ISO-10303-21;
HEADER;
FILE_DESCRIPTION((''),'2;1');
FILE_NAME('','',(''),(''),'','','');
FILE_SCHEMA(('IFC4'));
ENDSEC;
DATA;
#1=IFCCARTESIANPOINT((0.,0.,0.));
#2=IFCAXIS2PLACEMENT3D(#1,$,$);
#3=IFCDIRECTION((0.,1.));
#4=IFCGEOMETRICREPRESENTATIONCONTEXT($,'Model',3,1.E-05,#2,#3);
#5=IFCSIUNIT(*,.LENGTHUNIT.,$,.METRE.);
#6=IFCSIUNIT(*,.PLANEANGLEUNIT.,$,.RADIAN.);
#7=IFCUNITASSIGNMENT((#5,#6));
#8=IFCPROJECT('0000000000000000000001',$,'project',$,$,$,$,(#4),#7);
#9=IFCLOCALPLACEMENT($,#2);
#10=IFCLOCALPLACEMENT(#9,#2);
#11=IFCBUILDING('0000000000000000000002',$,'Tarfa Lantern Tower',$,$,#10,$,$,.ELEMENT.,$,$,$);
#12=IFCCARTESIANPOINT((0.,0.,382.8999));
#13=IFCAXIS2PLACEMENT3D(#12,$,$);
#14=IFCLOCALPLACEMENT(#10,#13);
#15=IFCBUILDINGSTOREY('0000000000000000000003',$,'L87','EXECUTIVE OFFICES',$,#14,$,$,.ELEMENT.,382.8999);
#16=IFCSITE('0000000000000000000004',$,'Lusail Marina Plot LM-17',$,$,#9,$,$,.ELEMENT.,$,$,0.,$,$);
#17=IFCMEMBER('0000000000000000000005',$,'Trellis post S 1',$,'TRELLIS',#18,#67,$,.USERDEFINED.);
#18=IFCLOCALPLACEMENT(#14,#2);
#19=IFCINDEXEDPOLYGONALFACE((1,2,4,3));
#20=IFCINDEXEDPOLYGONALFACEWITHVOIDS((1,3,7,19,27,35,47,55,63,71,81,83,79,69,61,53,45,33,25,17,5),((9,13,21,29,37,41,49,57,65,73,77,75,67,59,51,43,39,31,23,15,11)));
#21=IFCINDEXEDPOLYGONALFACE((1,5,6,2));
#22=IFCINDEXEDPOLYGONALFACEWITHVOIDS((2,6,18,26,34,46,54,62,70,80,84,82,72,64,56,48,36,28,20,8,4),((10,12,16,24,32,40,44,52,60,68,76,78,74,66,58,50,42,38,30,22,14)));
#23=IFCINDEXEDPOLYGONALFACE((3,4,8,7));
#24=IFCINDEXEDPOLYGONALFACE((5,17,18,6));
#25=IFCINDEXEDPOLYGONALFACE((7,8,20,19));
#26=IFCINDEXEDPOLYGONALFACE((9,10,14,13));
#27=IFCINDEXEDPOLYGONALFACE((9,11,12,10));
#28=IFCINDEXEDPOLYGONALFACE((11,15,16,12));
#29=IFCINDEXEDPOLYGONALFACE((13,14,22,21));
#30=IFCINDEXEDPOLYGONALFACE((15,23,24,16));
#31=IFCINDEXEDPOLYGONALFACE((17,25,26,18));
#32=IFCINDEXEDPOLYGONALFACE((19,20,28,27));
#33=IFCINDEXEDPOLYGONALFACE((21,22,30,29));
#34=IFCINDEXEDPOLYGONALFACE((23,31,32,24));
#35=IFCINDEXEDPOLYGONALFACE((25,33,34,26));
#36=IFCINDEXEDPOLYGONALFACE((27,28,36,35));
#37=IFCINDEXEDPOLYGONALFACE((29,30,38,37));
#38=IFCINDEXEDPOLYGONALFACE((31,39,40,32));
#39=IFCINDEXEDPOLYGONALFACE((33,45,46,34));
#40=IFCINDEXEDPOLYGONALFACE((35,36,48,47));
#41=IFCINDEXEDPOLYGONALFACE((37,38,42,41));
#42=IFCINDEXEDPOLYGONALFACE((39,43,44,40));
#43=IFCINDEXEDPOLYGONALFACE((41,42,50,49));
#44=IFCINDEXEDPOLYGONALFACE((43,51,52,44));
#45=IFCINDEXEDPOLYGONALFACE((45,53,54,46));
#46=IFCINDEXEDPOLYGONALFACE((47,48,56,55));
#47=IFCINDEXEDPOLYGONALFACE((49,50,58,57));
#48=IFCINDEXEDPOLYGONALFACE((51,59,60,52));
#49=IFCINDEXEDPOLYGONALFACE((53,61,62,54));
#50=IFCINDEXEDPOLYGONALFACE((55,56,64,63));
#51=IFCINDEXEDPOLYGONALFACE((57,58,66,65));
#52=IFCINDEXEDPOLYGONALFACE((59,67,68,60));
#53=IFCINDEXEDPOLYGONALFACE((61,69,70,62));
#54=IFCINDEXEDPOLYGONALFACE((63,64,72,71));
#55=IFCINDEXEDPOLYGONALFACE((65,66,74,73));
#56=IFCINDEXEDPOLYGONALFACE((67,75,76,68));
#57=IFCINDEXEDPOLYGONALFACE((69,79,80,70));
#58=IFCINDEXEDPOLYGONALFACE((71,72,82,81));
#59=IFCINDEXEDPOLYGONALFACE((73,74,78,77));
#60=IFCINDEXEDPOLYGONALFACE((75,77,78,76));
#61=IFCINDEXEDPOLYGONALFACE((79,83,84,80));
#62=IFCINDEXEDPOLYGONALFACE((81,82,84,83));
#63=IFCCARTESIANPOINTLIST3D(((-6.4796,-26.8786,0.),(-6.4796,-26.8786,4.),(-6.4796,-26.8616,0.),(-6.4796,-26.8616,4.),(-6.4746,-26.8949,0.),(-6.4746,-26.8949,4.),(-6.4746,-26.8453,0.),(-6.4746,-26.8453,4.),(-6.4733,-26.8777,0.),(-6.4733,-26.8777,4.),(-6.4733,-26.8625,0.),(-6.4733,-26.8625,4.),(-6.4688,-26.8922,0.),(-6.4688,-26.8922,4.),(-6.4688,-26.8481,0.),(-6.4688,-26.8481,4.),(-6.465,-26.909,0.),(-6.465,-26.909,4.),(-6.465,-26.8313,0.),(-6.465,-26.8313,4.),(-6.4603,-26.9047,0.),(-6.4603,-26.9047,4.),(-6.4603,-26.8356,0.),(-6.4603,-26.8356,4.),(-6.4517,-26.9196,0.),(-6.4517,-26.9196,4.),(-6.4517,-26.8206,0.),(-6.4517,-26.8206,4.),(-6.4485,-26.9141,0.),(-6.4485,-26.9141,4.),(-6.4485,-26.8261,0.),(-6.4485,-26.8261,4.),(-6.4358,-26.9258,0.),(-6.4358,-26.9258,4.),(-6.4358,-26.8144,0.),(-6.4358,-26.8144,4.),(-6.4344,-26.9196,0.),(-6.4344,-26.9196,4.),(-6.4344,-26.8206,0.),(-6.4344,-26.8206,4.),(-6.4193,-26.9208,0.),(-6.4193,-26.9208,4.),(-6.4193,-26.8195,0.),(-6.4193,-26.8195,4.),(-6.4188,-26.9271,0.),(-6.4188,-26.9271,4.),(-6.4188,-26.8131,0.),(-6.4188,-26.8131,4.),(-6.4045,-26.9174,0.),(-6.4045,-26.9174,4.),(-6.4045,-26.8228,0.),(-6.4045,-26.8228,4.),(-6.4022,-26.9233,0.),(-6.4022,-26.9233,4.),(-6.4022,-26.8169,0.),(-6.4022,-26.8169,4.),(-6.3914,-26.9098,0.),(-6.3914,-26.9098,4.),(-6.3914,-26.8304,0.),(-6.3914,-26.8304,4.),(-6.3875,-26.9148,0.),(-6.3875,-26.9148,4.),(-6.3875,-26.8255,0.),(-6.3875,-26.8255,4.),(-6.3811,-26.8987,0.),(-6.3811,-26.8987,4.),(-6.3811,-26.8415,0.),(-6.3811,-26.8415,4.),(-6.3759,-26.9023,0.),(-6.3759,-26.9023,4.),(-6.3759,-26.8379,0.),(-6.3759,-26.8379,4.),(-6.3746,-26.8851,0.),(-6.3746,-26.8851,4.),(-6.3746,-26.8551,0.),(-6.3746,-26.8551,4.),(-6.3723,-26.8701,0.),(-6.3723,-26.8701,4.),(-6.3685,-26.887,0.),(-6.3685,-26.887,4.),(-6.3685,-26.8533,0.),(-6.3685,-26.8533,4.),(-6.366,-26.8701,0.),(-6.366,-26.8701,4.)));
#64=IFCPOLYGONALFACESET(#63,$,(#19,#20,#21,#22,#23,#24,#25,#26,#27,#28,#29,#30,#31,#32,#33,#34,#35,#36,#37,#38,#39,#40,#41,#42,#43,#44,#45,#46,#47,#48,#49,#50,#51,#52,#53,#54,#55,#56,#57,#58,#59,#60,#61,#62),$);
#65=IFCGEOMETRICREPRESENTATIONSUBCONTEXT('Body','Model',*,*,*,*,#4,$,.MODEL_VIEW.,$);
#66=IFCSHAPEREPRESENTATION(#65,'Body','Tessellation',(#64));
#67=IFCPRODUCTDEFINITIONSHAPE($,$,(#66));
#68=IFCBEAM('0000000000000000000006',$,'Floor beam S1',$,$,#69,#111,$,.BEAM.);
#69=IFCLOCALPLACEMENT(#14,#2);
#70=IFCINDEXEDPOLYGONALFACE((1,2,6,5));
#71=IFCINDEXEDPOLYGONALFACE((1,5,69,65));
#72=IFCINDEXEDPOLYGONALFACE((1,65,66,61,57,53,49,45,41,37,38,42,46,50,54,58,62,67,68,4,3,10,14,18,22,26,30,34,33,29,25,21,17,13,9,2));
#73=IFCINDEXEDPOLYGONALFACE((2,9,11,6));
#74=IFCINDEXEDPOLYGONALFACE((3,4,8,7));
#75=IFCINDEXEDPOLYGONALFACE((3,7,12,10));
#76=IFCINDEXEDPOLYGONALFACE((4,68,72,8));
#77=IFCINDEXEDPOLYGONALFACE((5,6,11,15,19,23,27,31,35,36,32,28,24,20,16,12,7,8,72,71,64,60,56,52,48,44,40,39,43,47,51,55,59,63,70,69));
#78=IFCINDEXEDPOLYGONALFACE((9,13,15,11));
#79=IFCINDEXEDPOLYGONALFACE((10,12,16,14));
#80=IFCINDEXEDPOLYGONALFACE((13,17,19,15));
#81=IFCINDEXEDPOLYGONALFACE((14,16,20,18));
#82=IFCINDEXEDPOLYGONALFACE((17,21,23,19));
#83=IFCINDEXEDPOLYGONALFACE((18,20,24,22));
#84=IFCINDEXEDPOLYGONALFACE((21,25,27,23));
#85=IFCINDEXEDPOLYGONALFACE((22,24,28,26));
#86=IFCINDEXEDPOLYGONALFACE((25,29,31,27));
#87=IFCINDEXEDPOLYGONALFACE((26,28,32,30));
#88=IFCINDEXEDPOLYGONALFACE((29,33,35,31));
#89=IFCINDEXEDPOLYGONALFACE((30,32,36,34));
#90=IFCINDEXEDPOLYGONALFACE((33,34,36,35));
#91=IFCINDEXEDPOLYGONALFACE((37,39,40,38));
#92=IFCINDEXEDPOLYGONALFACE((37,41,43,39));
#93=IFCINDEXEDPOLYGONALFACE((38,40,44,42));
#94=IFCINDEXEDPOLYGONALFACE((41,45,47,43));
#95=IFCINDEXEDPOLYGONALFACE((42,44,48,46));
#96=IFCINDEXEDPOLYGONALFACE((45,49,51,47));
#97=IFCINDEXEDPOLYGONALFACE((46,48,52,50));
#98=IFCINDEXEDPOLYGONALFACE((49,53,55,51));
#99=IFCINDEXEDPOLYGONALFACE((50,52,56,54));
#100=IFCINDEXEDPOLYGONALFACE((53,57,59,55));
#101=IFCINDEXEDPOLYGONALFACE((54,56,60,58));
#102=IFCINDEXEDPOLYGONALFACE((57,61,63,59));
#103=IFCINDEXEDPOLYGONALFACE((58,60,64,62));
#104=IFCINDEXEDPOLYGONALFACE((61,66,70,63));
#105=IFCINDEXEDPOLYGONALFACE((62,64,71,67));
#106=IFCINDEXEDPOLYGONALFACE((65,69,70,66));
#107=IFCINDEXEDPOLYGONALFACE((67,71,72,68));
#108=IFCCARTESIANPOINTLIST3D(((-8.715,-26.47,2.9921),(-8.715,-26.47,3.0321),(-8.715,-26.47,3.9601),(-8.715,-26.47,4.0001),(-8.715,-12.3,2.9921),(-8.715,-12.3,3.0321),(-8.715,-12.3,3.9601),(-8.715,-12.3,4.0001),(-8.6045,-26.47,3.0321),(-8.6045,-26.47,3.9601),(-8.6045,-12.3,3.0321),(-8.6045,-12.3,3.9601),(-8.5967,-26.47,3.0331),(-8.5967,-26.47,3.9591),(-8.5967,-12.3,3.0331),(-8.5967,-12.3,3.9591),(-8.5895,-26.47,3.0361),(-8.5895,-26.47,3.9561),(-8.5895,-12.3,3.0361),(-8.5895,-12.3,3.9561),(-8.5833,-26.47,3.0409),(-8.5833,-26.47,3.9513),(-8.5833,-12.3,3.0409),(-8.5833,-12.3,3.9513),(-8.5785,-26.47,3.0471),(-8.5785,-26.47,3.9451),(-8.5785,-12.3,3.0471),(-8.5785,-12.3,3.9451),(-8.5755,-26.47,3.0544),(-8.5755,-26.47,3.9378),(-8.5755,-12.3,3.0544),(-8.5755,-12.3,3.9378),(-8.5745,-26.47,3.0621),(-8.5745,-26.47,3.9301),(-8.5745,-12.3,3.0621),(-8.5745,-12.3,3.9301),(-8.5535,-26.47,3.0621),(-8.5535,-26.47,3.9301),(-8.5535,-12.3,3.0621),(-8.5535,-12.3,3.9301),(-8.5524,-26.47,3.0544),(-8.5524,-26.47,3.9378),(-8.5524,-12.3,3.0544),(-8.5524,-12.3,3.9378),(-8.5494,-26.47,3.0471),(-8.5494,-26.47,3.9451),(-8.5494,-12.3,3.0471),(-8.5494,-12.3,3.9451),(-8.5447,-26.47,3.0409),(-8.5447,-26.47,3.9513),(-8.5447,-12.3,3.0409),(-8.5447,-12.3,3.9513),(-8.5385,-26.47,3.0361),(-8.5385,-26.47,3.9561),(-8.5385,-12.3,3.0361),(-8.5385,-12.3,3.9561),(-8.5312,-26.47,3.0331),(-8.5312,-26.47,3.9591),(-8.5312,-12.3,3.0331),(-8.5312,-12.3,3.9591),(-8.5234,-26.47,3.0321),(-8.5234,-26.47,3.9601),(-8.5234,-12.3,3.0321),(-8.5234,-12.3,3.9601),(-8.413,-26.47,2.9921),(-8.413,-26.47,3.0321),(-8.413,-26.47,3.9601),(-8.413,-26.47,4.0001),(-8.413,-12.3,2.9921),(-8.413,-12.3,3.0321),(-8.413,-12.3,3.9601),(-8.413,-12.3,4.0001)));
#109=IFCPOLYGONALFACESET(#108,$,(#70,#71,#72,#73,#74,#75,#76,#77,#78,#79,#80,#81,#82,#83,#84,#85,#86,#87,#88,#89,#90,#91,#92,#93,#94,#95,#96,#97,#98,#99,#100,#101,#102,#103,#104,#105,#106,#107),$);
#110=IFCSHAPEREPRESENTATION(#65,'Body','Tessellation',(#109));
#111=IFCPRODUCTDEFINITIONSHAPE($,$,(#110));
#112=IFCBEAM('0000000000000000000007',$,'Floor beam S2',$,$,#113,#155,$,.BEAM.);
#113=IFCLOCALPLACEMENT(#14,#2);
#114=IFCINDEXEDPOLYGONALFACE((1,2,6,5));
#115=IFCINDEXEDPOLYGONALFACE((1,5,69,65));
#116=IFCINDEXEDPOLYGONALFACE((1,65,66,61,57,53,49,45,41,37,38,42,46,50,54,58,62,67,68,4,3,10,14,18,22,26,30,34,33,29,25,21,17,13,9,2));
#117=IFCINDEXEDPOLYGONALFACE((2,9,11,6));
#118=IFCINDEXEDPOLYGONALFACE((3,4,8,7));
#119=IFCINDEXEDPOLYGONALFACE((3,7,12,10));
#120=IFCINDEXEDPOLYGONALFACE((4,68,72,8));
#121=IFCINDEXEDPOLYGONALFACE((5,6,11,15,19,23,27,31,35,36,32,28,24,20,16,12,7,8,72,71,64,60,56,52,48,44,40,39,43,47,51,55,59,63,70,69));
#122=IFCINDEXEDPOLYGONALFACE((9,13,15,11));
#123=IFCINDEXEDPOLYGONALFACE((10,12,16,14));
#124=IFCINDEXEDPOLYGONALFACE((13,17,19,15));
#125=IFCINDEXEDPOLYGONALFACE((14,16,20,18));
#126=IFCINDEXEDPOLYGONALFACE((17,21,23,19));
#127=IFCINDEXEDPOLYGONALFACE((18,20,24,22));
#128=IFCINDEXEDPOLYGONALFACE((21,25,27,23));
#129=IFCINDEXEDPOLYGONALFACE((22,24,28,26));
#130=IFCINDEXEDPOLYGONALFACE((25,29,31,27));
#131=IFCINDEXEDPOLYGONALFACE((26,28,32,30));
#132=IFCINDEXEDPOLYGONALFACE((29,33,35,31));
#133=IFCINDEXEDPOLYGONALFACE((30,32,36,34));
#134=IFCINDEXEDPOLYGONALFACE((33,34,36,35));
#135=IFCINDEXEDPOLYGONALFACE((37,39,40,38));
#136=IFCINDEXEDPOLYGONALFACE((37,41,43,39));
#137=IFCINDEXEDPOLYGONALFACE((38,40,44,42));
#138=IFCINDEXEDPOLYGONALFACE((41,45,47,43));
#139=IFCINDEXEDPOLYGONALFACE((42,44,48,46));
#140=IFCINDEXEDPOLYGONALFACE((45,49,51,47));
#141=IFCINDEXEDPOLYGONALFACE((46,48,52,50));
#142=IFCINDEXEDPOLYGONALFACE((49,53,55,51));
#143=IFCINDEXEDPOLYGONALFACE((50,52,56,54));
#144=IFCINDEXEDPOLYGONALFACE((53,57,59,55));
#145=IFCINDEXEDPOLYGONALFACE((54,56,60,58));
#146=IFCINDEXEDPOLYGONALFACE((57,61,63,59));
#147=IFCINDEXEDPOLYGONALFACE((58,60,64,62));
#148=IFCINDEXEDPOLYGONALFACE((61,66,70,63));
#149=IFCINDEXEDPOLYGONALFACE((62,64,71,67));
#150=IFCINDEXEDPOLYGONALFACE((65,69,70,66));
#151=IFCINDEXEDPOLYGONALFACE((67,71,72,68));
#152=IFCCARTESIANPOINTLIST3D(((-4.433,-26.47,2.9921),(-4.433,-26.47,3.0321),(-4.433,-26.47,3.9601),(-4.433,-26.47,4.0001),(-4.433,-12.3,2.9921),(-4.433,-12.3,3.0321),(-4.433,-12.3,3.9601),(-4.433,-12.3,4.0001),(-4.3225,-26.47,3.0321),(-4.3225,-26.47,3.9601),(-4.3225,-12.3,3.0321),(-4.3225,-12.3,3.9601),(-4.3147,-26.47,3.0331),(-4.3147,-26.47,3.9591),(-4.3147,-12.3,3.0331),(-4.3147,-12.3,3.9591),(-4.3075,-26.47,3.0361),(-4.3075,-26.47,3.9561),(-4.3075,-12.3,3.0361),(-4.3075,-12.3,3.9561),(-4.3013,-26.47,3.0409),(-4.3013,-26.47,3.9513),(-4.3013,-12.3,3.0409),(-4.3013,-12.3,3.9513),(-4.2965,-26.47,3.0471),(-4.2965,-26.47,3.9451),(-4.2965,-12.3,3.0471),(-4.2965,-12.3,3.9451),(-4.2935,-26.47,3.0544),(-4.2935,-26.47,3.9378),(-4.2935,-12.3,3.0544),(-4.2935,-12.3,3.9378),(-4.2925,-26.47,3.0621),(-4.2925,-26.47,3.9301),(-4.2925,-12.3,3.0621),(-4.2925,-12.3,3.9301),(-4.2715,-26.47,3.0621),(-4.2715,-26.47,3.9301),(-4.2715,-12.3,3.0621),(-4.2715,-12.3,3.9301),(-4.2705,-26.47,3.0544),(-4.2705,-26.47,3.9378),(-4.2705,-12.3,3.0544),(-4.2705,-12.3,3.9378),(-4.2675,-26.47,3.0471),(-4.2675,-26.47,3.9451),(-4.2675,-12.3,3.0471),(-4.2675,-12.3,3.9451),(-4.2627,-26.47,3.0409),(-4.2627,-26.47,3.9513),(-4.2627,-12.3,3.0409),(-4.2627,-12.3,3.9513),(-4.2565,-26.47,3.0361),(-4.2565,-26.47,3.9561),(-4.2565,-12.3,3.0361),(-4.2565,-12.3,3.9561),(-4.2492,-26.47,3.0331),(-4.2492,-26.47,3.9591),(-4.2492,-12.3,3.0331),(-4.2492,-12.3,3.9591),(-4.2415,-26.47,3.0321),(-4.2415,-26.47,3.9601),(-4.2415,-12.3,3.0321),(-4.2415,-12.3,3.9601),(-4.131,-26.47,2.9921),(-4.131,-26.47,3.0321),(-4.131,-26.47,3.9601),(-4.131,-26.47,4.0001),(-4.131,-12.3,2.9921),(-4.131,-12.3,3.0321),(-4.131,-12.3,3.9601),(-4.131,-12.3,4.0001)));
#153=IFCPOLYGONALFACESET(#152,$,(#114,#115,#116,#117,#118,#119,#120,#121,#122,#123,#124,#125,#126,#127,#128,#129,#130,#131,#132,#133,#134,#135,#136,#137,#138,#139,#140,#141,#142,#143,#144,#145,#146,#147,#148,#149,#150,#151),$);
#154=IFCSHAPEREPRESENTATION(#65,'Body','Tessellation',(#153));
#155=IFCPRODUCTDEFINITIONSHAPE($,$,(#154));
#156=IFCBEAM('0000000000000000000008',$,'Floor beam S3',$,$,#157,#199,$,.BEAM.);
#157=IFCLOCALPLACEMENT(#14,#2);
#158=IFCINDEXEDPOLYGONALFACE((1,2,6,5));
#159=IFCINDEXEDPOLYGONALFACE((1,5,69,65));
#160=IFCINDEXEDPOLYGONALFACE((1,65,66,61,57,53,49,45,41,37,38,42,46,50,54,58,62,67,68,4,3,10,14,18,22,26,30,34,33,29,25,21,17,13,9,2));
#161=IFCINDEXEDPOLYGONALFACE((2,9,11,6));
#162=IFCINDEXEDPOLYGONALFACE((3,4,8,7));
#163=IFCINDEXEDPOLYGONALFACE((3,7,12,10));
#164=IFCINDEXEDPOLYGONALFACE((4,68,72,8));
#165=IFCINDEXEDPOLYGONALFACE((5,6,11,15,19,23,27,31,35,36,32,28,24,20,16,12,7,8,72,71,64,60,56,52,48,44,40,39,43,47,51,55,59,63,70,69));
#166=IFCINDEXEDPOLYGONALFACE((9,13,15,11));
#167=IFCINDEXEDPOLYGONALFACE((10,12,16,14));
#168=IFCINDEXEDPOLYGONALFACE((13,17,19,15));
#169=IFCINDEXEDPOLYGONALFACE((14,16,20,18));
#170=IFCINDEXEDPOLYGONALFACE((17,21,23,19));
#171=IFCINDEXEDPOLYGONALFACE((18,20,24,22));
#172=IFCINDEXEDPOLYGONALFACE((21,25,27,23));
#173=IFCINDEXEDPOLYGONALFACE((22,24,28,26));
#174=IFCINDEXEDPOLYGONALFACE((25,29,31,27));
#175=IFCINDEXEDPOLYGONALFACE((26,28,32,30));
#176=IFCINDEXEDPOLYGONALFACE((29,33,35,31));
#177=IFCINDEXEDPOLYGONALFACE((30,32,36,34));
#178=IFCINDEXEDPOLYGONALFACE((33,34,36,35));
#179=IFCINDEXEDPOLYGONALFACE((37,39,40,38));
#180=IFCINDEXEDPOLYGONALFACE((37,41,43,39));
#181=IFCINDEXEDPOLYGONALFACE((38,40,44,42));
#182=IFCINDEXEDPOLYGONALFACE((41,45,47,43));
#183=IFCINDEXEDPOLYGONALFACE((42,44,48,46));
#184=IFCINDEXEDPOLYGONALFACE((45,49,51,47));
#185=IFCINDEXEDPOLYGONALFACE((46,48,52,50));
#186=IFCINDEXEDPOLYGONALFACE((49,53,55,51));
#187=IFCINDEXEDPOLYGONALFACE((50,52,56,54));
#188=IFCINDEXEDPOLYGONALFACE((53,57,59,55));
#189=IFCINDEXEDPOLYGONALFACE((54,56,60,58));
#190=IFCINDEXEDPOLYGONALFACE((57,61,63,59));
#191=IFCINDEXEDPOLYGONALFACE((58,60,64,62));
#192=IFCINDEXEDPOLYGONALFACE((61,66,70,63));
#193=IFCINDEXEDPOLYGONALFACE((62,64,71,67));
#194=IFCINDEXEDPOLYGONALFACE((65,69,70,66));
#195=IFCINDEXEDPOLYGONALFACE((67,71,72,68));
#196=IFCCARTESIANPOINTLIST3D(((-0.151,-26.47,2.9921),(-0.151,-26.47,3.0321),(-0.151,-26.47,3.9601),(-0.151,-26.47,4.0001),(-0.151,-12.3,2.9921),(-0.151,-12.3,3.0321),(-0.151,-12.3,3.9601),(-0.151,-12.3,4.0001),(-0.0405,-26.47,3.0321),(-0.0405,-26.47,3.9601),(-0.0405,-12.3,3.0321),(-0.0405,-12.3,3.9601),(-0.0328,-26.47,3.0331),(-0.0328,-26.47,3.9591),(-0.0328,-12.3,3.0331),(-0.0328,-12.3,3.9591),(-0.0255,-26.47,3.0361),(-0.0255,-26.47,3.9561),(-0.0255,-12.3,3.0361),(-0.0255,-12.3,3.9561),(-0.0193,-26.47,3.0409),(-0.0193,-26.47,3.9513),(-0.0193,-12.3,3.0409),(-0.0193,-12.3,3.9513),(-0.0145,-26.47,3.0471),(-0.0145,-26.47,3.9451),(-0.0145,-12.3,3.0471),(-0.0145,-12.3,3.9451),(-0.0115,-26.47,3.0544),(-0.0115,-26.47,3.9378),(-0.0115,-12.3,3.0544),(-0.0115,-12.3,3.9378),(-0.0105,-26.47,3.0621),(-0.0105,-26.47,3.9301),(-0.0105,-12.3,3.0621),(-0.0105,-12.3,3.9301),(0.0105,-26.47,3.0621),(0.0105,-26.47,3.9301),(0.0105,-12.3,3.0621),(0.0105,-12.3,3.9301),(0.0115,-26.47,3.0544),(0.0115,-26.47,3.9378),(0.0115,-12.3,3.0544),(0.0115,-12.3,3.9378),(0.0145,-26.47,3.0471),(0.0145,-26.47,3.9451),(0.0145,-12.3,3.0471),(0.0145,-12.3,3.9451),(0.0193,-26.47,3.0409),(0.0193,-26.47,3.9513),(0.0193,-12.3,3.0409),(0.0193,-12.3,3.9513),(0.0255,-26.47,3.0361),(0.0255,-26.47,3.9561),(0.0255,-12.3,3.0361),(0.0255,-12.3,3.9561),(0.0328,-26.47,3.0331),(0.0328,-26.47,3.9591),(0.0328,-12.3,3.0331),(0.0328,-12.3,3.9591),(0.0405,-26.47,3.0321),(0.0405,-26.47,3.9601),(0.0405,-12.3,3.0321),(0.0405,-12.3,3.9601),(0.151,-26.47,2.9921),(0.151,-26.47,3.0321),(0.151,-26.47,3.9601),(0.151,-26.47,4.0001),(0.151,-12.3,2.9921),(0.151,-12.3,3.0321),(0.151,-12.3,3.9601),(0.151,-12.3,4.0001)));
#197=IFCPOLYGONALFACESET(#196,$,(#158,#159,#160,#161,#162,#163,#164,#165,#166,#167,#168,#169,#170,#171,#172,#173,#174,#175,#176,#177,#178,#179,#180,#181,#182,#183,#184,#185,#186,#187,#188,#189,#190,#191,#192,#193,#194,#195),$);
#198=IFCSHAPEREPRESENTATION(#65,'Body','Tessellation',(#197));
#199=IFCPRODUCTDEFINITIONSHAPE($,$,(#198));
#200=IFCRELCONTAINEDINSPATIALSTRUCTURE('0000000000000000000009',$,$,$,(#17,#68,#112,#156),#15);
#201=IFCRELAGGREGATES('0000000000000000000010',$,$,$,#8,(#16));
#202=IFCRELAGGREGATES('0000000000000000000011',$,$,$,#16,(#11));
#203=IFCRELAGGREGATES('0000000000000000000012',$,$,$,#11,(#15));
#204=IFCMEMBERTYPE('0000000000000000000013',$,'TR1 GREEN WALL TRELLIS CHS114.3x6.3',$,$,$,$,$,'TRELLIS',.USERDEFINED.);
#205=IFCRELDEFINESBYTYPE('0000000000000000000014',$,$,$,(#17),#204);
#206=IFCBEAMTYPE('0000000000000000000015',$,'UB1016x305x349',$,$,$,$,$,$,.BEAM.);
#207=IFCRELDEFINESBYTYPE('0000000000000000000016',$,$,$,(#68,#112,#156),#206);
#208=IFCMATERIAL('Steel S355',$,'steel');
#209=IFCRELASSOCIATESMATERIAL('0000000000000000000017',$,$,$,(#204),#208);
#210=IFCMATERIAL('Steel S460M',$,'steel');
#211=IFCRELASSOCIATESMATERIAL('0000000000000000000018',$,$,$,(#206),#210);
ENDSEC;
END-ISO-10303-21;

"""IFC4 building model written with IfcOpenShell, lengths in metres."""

from ifc_helpers import new_model, si_unit, direction, frame, origin, origin_2d, place, context, subcontext, project, spatial, hollow_circle, i_section, extrude, material, material_profile, profile_set, type_object, element, save


model = new_model("IFC4")

# Units and contexts
model_context = context("Model", 3, precision=1e-05, world=origin(), true_north=direction((0.0, 1.0)))
body_context = subcontext(model_context, "Body", "Model", "MODEL_VIEW")
ifc_project = project(units=[si_unit("LENGTHUNIT", "METRE"), si_unit("PLANEANGLEUNIT", "RADIAN")], contexts=[model_context])

# Site, building, storey
site_placement = place(None, origin())
site = spatial("IfcSite", under=ifc_project, at=site_placement, Name="Lusail Marina Plot LM-17", CompositionType="ELEMENT", RefElevation=0.0)
building_placement = place(site_placement, origin())
building = spatial("IfcBuilding", under=site, at=building_placement, Name="Tarfa Lantern Tower", CompositionType="ELEMENT")
storey_placement = place(building_placement, frame((0.0, 0.0, 382.8999)))
storey = spatial("IfcBuildingStorey", under=building, at=storey_placement, Name="L87", Description="EXECUTIVE OFFICES", CompositionType="ELEMENT", Elevation=382.8999)

# Member
ifc_material_1 = material(Name="Steel S355", Category="steel")
ifc_material_profile_1 = material_profile(ifc_material_1, hollow_circle(Radius=0.0571, WallThickness=0.0063, at=origin_2d()), Name="CHS114.3x6.3")
ifc_profile_set_1 = profile_set([ifc_material_profile_1], Name="Steel S355")
member_type_1 = type_object("IfcMemberType", Name="TR1 GREEN WALL TRELLIS CHS114.3x6.3", ElementType="TRELLIS", PredefinedType="USERDEFINED", material=ifc_profile_set_1)
member_1_placement = place(storey_placement, frame((-6.4231, -26.8701, 0.0), z_axis=(0.0, 0.0, 1.0), x_axis=(1.0, 0.0, 0.0)))
element("IfcMember", 1, at=member_1_placement, inside=storey, type_object=member_type_1, Name="Trellis post S 1", ObjectType="TRELLIS", PredefinedType="USERDEFINED", context=body_context, shape_type="SweptSolid", body=[
    extrude(hollow_circle(Radius=0.0571, WallThickness=0.0063, at=origin_2d()), origin(), (0.0, 0.0, 1.0), 4.0),
])

# Beams
ifc_material_2 = material(Name="Steel S460M", Category="steel")
ifc_material_profile_2 = material_profile(ifc_material_2, i_section(OverallWidth=0.302, OverallDepth=1.0081, WebThickness=0.021, FlangeThickness=0.04, FilletRadius=0.03, at=origin_2d()), Name="UB1016x305x349")
ifc_profile_set_2 = profile_set([ifc_material_profile_2], Name="Steel S460M")
beam_type_1 = type_object("IfcBeamType", Name="UB1016x305x349", PredefinedType="BEAM", material=ifc_profile_set_2)
for number, where, z_axis, x_axis, name in (
    (2, (-8.564, -26.47, 3.4961), (0.0, 1.0, 0.0), (-1.0, 0.0, 0.0), "Floor beam S1"),
    (3, (-4.282, -26.47, 3.4961), (0.0, 1.0, 0.0), (-1.0, 0.0, 0.0), "Floor beam S2"),
    (4, (0.0, -26.47, 3.4961), (0.0, 1.0, 0.0), (-1.0, 0.0, 0.0), "Floor beam S3"),
):
    element("IfcBeam", number, at=place(storey_placement, frame(where, z_axis=z_axis, x_axis=x_axis)), inside=storey, type_object=beam_type_1, Name=name, PredefinedType="BEAM", context=body_context, shape_type="SweptSolid", body=[
        extrude(i_section(OverallWidth=0.302, OverallDepth=1.0081, WebThickness=0.021, FlangeThickness=0.04, FilletRadius=0.03, at=origin_2d()), origin(), (0.0, 0.0, 1.0), 14.1699),
    ])

save(model, "model.ifc")
